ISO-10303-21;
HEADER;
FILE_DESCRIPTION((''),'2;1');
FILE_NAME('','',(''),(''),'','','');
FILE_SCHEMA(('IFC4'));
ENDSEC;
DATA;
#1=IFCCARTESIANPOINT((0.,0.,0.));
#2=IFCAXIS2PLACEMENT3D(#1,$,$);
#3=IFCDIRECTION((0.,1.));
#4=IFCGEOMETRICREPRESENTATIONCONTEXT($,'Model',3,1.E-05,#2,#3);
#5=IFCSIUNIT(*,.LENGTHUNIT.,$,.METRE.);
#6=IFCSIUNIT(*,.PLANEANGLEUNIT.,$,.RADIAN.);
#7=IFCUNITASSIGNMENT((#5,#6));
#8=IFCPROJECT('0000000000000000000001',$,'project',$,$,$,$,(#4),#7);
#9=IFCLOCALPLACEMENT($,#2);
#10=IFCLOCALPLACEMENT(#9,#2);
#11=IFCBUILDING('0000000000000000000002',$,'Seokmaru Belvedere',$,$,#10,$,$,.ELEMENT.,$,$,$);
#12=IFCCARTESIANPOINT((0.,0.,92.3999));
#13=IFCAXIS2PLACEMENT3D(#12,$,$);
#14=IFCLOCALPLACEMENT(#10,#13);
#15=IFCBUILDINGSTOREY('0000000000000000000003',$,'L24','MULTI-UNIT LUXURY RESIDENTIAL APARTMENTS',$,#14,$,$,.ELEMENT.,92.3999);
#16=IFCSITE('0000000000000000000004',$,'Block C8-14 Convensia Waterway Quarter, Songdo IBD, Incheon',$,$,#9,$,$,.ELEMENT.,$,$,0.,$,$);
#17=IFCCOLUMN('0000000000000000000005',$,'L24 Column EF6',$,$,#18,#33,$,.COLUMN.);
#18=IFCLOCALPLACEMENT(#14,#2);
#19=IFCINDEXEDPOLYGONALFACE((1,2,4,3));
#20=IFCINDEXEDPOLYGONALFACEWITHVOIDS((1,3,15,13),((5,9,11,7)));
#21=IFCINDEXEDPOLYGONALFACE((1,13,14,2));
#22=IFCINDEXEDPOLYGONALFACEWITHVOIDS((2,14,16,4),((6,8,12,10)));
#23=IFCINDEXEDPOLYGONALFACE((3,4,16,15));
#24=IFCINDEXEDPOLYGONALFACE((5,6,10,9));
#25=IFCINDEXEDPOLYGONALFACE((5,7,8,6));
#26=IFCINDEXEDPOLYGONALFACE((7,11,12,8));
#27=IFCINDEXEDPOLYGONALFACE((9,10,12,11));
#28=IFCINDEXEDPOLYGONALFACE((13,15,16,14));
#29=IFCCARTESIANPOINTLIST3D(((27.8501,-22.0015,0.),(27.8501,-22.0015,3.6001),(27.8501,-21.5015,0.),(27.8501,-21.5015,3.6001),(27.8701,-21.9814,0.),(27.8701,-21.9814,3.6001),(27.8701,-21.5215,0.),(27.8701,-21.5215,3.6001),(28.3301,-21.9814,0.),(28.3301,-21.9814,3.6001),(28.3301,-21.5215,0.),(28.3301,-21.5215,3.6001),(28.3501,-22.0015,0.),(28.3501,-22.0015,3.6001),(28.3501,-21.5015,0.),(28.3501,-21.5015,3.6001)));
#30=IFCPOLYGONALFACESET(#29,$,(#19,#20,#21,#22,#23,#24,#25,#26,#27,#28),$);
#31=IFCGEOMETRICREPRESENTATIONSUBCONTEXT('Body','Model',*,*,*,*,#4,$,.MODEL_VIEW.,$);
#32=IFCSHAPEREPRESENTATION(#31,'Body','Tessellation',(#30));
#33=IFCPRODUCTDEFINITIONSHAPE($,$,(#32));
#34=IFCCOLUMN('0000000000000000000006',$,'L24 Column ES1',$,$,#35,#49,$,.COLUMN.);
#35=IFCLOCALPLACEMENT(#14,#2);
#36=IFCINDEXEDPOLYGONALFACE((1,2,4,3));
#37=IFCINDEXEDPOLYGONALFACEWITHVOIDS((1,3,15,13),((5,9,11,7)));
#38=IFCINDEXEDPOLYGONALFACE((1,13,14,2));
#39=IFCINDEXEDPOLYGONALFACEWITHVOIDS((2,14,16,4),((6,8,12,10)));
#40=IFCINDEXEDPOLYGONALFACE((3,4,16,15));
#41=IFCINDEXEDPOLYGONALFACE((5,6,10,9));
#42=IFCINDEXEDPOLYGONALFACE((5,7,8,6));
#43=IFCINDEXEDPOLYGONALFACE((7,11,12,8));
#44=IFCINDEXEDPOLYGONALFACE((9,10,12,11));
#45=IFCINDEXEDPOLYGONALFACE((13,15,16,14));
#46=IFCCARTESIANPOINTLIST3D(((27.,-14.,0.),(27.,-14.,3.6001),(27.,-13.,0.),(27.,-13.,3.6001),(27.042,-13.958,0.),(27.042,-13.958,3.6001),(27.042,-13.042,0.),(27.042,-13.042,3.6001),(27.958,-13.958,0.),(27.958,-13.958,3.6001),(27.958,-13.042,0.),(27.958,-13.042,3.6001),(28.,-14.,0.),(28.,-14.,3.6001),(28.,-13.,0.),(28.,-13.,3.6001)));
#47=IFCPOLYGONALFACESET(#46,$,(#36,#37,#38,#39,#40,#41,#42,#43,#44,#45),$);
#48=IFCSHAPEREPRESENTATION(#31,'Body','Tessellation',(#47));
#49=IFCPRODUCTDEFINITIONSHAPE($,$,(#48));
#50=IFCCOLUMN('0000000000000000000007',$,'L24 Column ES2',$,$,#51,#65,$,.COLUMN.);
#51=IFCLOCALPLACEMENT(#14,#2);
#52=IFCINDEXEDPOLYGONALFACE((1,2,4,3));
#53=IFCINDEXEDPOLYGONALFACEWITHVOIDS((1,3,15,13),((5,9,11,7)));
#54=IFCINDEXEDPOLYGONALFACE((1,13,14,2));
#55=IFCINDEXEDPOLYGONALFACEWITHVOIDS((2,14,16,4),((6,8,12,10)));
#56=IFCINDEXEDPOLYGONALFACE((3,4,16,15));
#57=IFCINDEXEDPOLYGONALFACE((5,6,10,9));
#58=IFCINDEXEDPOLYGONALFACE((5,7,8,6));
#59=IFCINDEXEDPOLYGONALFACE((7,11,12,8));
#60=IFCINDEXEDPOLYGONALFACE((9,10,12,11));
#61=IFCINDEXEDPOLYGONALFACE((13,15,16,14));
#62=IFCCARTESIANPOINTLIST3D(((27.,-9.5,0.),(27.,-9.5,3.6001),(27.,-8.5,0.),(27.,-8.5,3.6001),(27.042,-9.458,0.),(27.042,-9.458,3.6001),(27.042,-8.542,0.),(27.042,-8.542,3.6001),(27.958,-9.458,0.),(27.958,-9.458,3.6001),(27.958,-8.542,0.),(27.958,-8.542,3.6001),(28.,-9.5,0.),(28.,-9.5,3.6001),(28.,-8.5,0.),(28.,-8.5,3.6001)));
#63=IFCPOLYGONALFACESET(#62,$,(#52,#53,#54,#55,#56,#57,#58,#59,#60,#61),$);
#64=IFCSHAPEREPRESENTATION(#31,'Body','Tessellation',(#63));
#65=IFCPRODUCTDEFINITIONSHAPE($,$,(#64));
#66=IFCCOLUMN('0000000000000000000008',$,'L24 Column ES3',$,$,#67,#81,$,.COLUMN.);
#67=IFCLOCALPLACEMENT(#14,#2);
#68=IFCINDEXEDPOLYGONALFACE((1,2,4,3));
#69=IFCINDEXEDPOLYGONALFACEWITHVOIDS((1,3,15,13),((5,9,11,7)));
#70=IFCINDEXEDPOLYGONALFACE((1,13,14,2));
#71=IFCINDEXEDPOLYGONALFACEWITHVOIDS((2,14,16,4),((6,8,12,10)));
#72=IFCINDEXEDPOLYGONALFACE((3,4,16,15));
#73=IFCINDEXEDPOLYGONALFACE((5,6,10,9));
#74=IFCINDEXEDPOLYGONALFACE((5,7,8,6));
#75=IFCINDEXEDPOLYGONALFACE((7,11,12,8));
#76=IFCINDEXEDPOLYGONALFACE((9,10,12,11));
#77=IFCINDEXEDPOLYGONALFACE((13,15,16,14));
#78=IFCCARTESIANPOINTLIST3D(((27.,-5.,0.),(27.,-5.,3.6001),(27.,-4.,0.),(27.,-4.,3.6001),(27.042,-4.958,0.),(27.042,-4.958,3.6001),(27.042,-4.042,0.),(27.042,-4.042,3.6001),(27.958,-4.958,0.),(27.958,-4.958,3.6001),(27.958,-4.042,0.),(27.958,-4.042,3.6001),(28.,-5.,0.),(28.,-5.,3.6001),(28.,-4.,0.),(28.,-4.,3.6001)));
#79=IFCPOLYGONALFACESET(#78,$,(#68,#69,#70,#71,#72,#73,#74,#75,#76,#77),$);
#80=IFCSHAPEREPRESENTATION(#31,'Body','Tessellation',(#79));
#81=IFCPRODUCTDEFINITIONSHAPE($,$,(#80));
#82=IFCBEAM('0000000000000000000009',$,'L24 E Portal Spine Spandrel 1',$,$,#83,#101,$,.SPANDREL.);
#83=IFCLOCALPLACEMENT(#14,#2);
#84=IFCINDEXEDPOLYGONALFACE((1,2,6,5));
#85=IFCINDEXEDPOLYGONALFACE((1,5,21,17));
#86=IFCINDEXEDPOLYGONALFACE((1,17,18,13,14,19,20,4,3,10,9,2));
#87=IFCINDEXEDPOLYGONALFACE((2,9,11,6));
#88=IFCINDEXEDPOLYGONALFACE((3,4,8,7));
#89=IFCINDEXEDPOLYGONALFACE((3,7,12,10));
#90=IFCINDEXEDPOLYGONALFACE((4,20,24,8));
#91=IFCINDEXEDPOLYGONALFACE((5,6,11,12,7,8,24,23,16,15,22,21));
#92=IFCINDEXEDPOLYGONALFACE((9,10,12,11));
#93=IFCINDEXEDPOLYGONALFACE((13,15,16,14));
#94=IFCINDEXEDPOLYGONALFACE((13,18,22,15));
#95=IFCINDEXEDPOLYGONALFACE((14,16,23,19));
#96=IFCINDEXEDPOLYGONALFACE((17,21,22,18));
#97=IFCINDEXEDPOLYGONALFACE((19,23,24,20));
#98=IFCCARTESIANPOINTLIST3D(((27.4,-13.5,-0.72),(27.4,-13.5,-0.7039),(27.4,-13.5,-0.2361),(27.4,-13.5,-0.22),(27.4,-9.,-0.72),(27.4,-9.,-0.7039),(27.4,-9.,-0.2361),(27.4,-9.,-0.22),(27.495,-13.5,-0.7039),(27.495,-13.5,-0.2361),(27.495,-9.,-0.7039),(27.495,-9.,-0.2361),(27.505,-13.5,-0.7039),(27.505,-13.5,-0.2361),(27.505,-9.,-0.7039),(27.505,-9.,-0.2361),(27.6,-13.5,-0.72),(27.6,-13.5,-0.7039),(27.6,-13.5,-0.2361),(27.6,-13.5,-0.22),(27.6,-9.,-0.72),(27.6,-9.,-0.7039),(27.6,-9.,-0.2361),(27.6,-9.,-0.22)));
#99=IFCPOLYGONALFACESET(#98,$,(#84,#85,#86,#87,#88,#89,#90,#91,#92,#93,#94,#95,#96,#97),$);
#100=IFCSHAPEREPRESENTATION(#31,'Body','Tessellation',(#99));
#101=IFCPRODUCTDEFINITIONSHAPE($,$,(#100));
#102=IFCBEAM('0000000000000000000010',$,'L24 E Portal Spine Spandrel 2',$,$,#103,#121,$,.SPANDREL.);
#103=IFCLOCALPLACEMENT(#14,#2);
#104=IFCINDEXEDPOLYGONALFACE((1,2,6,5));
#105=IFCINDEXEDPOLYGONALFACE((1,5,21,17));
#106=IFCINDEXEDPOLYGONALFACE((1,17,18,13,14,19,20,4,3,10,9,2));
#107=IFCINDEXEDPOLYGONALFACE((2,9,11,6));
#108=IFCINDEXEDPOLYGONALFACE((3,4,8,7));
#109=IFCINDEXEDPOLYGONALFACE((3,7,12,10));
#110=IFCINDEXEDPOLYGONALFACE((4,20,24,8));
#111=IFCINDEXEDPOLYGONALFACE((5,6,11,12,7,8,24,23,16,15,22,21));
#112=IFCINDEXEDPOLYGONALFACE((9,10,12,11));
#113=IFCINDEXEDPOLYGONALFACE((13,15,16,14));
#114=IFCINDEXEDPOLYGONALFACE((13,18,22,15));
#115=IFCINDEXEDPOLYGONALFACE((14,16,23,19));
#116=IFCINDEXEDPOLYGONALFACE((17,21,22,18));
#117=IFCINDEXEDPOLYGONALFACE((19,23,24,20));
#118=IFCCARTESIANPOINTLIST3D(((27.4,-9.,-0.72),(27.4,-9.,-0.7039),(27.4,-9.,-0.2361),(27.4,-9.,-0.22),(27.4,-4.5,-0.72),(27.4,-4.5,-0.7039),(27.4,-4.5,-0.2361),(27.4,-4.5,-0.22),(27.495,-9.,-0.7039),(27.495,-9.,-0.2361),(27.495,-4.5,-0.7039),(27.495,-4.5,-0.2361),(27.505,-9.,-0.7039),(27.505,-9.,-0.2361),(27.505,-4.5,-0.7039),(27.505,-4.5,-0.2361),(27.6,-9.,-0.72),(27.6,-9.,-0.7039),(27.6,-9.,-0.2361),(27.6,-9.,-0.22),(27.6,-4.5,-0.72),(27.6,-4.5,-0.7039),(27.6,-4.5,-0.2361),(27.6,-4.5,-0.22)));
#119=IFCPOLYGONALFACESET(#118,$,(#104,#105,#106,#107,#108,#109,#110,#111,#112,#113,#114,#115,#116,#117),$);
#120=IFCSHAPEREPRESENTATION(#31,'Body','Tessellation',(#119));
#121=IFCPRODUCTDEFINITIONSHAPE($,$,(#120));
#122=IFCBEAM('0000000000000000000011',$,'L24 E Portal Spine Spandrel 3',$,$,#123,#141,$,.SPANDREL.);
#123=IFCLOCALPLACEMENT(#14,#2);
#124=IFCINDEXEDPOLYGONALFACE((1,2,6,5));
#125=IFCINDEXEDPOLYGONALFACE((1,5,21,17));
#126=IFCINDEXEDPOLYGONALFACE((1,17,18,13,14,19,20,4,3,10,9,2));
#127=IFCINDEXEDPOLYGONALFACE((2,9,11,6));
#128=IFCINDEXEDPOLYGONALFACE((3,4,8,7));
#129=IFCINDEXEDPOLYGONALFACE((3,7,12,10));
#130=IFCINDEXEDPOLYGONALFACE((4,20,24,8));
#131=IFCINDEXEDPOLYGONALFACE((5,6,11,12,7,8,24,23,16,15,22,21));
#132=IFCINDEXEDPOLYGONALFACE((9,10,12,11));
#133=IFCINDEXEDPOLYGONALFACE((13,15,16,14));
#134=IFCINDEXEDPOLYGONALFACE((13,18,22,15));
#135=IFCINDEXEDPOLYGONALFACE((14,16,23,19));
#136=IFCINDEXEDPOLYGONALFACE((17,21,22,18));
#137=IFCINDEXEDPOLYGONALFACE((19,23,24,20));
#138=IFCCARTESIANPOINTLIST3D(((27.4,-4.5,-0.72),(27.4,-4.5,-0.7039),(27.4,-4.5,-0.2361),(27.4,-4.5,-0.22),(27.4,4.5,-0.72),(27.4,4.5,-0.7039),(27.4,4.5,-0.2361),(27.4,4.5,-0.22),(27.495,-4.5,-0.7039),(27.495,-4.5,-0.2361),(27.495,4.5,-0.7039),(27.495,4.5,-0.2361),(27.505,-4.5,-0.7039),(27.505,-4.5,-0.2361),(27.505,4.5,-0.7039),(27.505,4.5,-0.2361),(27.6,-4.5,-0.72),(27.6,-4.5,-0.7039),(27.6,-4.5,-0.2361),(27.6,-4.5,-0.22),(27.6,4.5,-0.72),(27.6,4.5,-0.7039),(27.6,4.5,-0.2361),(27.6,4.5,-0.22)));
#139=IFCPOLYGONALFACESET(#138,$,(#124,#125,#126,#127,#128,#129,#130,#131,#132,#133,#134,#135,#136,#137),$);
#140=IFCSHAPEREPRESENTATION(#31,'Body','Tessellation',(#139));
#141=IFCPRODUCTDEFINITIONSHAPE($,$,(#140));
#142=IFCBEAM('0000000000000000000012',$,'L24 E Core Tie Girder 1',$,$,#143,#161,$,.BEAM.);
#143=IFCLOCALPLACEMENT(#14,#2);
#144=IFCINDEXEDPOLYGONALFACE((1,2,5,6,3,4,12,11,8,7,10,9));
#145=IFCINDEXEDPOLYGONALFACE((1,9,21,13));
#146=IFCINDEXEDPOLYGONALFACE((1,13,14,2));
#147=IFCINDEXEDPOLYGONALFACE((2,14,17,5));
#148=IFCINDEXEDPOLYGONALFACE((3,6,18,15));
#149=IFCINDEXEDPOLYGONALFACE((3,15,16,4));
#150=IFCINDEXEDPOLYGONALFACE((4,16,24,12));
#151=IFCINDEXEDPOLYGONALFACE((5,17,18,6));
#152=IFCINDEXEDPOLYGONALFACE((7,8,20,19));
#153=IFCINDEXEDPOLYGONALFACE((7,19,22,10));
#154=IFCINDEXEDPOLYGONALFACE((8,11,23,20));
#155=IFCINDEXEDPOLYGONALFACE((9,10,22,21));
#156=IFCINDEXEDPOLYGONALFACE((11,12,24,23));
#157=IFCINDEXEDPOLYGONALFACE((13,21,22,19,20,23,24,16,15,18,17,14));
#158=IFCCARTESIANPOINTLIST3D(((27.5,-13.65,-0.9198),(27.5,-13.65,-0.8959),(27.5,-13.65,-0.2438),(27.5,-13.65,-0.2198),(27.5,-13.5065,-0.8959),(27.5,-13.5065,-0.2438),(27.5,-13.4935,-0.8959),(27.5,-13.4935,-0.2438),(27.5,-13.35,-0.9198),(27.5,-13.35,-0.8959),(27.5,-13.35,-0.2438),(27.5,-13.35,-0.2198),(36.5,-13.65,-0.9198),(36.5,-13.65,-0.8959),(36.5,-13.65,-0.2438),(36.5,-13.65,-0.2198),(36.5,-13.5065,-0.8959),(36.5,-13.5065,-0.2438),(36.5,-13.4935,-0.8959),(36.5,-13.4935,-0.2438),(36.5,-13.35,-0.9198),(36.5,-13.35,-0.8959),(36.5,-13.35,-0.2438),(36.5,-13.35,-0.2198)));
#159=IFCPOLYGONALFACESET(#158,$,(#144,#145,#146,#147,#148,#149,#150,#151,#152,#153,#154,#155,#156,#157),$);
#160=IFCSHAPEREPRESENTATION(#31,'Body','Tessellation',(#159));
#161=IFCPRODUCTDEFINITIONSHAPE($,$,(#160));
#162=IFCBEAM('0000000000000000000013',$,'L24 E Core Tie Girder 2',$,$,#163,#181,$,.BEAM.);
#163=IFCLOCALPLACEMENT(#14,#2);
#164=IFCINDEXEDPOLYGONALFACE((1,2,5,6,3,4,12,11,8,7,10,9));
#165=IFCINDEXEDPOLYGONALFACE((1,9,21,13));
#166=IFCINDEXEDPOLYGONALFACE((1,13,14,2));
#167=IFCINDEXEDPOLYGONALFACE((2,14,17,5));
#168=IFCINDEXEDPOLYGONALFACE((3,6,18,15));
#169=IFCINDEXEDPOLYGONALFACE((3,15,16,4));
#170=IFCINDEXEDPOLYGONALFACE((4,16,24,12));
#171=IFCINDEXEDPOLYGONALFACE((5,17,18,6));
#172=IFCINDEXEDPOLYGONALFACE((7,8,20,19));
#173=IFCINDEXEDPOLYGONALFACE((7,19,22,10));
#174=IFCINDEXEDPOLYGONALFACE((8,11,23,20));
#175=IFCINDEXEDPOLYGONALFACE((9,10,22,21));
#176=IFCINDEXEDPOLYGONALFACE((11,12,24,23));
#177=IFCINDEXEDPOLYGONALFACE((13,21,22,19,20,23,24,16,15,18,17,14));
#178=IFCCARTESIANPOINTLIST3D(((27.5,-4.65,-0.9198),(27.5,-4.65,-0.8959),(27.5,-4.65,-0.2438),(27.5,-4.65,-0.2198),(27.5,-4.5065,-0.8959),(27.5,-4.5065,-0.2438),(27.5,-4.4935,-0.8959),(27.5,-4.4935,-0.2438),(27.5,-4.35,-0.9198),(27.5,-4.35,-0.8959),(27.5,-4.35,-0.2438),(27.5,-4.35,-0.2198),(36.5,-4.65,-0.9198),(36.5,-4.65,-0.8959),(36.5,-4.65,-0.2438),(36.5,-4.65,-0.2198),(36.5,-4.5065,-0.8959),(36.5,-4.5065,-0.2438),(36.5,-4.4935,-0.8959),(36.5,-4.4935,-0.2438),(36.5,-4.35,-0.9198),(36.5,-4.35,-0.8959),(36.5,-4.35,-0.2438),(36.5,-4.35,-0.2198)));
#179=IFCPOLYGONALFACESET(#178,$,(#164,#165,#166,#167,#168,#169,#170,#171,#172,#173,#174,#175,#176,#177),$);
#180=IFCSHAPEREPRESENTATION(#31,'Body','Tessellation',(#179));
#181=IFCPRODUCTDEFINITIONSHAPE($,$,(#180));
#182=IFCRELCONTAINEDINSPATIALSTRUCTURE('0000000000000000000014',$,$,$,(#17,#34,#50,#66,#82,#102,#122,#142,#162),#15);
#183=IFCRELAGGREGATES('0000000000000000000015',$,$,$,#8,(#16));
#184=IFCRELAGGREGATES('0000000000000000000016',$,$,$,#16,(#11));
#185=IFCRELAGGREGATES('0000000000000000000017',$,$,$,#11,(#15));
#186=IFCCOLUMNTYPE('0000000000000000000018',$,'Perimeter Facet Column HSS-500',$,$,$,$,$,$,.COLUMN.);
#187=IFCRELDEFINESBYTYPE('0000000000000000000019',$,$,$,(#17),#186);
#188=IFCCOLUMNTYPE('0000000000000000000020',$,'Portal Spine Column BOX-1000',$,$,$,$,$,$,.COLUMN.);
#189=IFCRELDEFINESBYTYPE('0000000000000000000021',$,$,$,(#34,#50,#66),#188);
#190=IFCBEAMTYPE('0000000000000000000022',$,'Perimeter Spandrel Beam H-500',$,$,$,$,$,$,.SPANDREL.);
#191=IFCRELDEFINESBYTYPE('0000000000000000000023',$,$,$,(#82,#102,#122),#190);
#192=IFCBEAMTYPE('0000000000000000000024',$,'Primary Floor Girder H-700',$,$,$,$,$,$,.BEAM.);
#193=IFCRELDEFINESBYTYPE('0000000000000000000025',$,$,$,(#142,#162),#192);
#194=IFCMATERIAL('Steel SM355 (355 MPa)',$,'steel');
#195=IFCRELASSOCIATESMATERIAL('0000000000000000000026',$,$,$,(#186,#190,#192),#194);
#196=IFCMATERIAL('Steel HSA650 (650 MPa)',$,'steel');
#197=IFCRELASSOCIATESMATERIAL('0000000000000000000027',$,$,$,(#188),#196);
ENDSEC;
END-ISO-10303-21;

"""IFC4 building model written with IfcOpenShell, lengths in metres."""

from ifc_helpers import new_model, si_unit, direction, frame, origin, origin_2d, place, context, subcontext, project, spatial, hollow_rectangle, i_section, extrude, source, transform, mapped, material, material_profile, profile_set, type_object, type_shapes, element, save


model = new_model("IFC4")

# Units and contexts
model_context = context("Model", 3, precision=1e-05, world=origin(), true_north=direction((0.0, 1.0)))
body_context = subcontext(model_context, "Body", "Model", "MODEL_VIEW")
ifc_project = project(units=[si_unit("LENGTHUNIT", "METRE"), si_unit("PLANEANGLEUNIT", "RADIAN")], contexts=[model_context])

# Site, building, storey
site_placement = place(None, origin())
site = spatial("IfcSite", under=ifc_project, at=site_placement, Name="Block C8-14 Convensia Waterway Quarter, Songdo IBD, Incheon", CompositionType="ELEMENT", RefElevation=0.0)
building_placement = place(site_placement, origin())
building = spatial("IfcBuilding", under=site, at=building_placement, Name="Seokmaru Belvedere", CompositionType="ELEMENT")
storey_placement = place(building_placement, frame((0.0, 0.0, 92.3999)))
storey = spatial("IfcBuildingStorey", under=building, at=storey_placement, Name="L24", Description="MULTI-UNIT LUXURY RESIDENTIAL APARTMENTS", CompositionType="ELEMENT", Elevation=92.3999)

# Columns
ifc_material_1 = material(Name="Steel SM355 (355 MPa)", Category="steel")
ifc_material_profile_1 = material_profile(ifc_material_1, hollow_rectangle(XDim=0.5, YDim=0.5, WallThickness=0.02, at=origin_2d()), Name="HSS-500x500x20")
ifc_profile_set_1 = profile_set([ifc_material_profile_1], Name="Steel SM355 (355 MPa)")
column_type_1 = type_object("IfcColumnType", Name="Perimeter Facet Column HSS-500", PredefinedType="COLUMN", material=ifc_profile_set_1)
shared_shape_1 = source(origin(), body_context, "Body", "SweptSolid", [
    extrude(hollow_rectangle(XDim=0.5, YDim=0.5, WallThickness=0.02, at=origin_2d()), origin(), (0.0, 0.0, 1.0), 3.6001),
])
type_shapes(column_type_1, [shared_shape_1])
column_placement = place(storey_placement, frame((28.1001, -21.7515, 0.0), z_axis=(0.0, 0.0, 1.0), x_axis=(1.0, 0.0, 0.0)))
element("IfcColumn", 1, at=column_placement, inside=storey, type_object=column_type_1, Name="L24 Column EF6", PredefinedType="COLUMN", context=body_context, shape_type="MappedRepresentation", body=[
    mapped(shared_shape_1, transform((0.0, 0.0, 0.0), scale=1.0)),
])
ifc_material_2 = material(Name="Steel HSA650 (650 MPa)", Category="steel")
ifc_material_profile_2 = material_profile(ifc_material_2, hollow_rectangle(XDim=1.0, YDim=1.0, WallThickness=0.042, at=origin_2d()), Name="BOX-1000x1000x42")
ifc_profile_set_2 = profile_set([ifc_material_profile_2], Name="Steel HSA650 (650 MPa)")
column_type_2 = type_object("IfcColumnType", Name="Portal Spine Column BOX-1000", PredefinedType="COLUMN", material=ifc_profile_set_2)
shared_shape_2 = source(origin(), body_context, "Body", "SweptSolid", [
    extrude(hollow_rectangle(XDim=1.0, YDim=1.0, WallThickness=0.042, at=origin_2d()), origin(), (0.0, 0.0, 1.0), 3.6001),
])
type_shapes(column_type_2, [shared_shape_2])
for number, where, z_axis, x_axis, name in (
    (2, (27.5, -13.5, 0.0), (0.0, 0.0, 1.0), (1.0, 0.0, 0.0), "L24 Column ES1"),
    (3, (27.5, -9.0, 0.0), (0.0, 0.0, 1.0), (1.0, 0.0, 0.0), "L24 Column ES2"),
    (4, (27.5, -4.5, 0.0), (0.0, 0.0, 1.0), (1.0, 0.0, 0.0), "L24 Column ES3"),
):
    element("IfcColumn", number, at=place(storey_placement, frame(where, z_axis=z_axis, x_axis=x_axis)), inside=storey, type_object=column_type_2, Name=name, PredefinedType="COLUMN", context=body_context, shape_type="MappedRepresentation", body=[
        mapped(shared_shape_2, transform((0.0, 0.0, 0.0), scale=1.0)),
    ])

# Beams
ifc_material_profile_3 = material_profile(ifc_material_1, i_section(OverallWidth=0.2, OverallDepth=0.5, WebThickness=0.01, FlangeThickness=0.0161, at=origin_2d()), Name="H-500x200x10x16")
ifc_profile_set_3 = profile_set([ifc_material_profile_3], Name="Steel SM355 (355 MPa)")
beam_type_1 = type_object("IfcBeamType", Name="Perimeter Spandrel Beam H-500", PredefinedType="SPANDREL", material=ifc_profile_set_3)
shared_shape_3 = source(origin(), body_context, "Body", "SweptSolid", [
    extrude(i_section(OverallWidth=0.2, OverallDepth=0.5, WebThickness=0.01, FlangeThickness=0.0161, at=origin_2d()), origin(), (0.0, 0.0, 1.0), 4.5),
])
for number, where, z_axis, x_axis, name in (
    (5, (27.5, -13.5, -0.47), (0.0, 1.0, 0.0), (-1.0, 0.0, 0.0), "L24 E Portal Spine Spandrel 1"),
    (6, (27.5, -9.0, -0.47), (0.0, 1.0, 0.0), (-1.0, 0.0, 0.0), "L24 E Portal Spine Spandrel 2"),
):
    element("IfcBeam", number, at=place(storey_placement, frame(where, z_axis=z_axis, x_axis=x_axis)), inside=storey, type_object=beam_type_1, Name=name, PredefinedType="SPANDREL", context=body_context, shape_type="MappedRepresentation", body=[
        mapped(shared_shape_3, transform((0.0, 0.0, 0.0), scale=1.0)),
    ])
shared_shape_4 = source(origin(), body_context, "Body", "SweptSolid", [
    extrude(i_section(OverallWidth=0.2, OverallDepth=0.5, WebThickness=0.01, FlangeThickness=0.0161, at=origin_2d()), origin(), (0.0, 0.0, 1.0), 9.0),
])
beam_1_placement = place(storey_placement, frame((27.5, -4.5, -0.47), z_axis=(0.0, 1.0, 0.0), x_axis=(-1.0, 0.0, 0.0)))
element("IfcBeam", 7, at=beam_1_placement, inside=storey, type_object=beam_type_1, Name="L24 E Portal Spine Spandrel 3", PredefinedType="SPANDREL", context=body_context, shape_type="MappedRepresentation", body=[
    mapped(shared_shape_4, transform((0.0, 0.0, 0.0), scale=1.0)),
])
ifc_material_profile_4 = material_profile(ifc_material_1, i_section(OverallWidth=0.3, OverallDepth=0.7, WebThickness=0.0129, FlangeThickness=0.0239, at=origin_2d()), Name="H-700x300x13x24")
ifc_profile_set_4 = profile_set([ifc_material_profile_4], Name="Steel SM355 (355 MPa)")
beam_type_2 = type_object("IfcBeamType", Name="Primary Floor Girder H-700", PredefinedType="BEAM", material=ifc_profile_set_4)
shared_shape_5 = source(origin(), body_context, "Body", "SweptSolid", [
    extrude(i_section(OverallWidth=0.3, OverallDepth=0.7, WebThickness=0.0129, FlangeThickness=0.0239, at=origin_2d()), origin(), (0.0, 0.0, 1.0), 9.0),
])
type_shapes(beam_type_2, [shared_shape_5])
for number, where, z_axis, x_axis, name in (
    (8, (27.5, -13.5, -0.5698), (1.0, 0.0, 0.0), (0.0, 1.0, 0.0), "L24 E Core Tie Girder 1"),
    (9, (27.5, -4.5, -0.5698), (1.0, 0.0, 0.0), (0.0, 1.0, 0.0), "L24 E Core Tie Girder 2"),
):
    element("IfcBeam", number, at=place(storey_placement, frame(where, z_axis=z_axis, x_axis=x_axis)), inside=storey, type_object=beam_type_2, Name=name, PredefinedType="BEAM", context=body_context, shape_type="MappedRepresentation", body=[
        mapped(shared_shape_5, transform((0.0, 0.0, 0.0), scale=1.0)),
    ])

save(model, "model.ifc")
